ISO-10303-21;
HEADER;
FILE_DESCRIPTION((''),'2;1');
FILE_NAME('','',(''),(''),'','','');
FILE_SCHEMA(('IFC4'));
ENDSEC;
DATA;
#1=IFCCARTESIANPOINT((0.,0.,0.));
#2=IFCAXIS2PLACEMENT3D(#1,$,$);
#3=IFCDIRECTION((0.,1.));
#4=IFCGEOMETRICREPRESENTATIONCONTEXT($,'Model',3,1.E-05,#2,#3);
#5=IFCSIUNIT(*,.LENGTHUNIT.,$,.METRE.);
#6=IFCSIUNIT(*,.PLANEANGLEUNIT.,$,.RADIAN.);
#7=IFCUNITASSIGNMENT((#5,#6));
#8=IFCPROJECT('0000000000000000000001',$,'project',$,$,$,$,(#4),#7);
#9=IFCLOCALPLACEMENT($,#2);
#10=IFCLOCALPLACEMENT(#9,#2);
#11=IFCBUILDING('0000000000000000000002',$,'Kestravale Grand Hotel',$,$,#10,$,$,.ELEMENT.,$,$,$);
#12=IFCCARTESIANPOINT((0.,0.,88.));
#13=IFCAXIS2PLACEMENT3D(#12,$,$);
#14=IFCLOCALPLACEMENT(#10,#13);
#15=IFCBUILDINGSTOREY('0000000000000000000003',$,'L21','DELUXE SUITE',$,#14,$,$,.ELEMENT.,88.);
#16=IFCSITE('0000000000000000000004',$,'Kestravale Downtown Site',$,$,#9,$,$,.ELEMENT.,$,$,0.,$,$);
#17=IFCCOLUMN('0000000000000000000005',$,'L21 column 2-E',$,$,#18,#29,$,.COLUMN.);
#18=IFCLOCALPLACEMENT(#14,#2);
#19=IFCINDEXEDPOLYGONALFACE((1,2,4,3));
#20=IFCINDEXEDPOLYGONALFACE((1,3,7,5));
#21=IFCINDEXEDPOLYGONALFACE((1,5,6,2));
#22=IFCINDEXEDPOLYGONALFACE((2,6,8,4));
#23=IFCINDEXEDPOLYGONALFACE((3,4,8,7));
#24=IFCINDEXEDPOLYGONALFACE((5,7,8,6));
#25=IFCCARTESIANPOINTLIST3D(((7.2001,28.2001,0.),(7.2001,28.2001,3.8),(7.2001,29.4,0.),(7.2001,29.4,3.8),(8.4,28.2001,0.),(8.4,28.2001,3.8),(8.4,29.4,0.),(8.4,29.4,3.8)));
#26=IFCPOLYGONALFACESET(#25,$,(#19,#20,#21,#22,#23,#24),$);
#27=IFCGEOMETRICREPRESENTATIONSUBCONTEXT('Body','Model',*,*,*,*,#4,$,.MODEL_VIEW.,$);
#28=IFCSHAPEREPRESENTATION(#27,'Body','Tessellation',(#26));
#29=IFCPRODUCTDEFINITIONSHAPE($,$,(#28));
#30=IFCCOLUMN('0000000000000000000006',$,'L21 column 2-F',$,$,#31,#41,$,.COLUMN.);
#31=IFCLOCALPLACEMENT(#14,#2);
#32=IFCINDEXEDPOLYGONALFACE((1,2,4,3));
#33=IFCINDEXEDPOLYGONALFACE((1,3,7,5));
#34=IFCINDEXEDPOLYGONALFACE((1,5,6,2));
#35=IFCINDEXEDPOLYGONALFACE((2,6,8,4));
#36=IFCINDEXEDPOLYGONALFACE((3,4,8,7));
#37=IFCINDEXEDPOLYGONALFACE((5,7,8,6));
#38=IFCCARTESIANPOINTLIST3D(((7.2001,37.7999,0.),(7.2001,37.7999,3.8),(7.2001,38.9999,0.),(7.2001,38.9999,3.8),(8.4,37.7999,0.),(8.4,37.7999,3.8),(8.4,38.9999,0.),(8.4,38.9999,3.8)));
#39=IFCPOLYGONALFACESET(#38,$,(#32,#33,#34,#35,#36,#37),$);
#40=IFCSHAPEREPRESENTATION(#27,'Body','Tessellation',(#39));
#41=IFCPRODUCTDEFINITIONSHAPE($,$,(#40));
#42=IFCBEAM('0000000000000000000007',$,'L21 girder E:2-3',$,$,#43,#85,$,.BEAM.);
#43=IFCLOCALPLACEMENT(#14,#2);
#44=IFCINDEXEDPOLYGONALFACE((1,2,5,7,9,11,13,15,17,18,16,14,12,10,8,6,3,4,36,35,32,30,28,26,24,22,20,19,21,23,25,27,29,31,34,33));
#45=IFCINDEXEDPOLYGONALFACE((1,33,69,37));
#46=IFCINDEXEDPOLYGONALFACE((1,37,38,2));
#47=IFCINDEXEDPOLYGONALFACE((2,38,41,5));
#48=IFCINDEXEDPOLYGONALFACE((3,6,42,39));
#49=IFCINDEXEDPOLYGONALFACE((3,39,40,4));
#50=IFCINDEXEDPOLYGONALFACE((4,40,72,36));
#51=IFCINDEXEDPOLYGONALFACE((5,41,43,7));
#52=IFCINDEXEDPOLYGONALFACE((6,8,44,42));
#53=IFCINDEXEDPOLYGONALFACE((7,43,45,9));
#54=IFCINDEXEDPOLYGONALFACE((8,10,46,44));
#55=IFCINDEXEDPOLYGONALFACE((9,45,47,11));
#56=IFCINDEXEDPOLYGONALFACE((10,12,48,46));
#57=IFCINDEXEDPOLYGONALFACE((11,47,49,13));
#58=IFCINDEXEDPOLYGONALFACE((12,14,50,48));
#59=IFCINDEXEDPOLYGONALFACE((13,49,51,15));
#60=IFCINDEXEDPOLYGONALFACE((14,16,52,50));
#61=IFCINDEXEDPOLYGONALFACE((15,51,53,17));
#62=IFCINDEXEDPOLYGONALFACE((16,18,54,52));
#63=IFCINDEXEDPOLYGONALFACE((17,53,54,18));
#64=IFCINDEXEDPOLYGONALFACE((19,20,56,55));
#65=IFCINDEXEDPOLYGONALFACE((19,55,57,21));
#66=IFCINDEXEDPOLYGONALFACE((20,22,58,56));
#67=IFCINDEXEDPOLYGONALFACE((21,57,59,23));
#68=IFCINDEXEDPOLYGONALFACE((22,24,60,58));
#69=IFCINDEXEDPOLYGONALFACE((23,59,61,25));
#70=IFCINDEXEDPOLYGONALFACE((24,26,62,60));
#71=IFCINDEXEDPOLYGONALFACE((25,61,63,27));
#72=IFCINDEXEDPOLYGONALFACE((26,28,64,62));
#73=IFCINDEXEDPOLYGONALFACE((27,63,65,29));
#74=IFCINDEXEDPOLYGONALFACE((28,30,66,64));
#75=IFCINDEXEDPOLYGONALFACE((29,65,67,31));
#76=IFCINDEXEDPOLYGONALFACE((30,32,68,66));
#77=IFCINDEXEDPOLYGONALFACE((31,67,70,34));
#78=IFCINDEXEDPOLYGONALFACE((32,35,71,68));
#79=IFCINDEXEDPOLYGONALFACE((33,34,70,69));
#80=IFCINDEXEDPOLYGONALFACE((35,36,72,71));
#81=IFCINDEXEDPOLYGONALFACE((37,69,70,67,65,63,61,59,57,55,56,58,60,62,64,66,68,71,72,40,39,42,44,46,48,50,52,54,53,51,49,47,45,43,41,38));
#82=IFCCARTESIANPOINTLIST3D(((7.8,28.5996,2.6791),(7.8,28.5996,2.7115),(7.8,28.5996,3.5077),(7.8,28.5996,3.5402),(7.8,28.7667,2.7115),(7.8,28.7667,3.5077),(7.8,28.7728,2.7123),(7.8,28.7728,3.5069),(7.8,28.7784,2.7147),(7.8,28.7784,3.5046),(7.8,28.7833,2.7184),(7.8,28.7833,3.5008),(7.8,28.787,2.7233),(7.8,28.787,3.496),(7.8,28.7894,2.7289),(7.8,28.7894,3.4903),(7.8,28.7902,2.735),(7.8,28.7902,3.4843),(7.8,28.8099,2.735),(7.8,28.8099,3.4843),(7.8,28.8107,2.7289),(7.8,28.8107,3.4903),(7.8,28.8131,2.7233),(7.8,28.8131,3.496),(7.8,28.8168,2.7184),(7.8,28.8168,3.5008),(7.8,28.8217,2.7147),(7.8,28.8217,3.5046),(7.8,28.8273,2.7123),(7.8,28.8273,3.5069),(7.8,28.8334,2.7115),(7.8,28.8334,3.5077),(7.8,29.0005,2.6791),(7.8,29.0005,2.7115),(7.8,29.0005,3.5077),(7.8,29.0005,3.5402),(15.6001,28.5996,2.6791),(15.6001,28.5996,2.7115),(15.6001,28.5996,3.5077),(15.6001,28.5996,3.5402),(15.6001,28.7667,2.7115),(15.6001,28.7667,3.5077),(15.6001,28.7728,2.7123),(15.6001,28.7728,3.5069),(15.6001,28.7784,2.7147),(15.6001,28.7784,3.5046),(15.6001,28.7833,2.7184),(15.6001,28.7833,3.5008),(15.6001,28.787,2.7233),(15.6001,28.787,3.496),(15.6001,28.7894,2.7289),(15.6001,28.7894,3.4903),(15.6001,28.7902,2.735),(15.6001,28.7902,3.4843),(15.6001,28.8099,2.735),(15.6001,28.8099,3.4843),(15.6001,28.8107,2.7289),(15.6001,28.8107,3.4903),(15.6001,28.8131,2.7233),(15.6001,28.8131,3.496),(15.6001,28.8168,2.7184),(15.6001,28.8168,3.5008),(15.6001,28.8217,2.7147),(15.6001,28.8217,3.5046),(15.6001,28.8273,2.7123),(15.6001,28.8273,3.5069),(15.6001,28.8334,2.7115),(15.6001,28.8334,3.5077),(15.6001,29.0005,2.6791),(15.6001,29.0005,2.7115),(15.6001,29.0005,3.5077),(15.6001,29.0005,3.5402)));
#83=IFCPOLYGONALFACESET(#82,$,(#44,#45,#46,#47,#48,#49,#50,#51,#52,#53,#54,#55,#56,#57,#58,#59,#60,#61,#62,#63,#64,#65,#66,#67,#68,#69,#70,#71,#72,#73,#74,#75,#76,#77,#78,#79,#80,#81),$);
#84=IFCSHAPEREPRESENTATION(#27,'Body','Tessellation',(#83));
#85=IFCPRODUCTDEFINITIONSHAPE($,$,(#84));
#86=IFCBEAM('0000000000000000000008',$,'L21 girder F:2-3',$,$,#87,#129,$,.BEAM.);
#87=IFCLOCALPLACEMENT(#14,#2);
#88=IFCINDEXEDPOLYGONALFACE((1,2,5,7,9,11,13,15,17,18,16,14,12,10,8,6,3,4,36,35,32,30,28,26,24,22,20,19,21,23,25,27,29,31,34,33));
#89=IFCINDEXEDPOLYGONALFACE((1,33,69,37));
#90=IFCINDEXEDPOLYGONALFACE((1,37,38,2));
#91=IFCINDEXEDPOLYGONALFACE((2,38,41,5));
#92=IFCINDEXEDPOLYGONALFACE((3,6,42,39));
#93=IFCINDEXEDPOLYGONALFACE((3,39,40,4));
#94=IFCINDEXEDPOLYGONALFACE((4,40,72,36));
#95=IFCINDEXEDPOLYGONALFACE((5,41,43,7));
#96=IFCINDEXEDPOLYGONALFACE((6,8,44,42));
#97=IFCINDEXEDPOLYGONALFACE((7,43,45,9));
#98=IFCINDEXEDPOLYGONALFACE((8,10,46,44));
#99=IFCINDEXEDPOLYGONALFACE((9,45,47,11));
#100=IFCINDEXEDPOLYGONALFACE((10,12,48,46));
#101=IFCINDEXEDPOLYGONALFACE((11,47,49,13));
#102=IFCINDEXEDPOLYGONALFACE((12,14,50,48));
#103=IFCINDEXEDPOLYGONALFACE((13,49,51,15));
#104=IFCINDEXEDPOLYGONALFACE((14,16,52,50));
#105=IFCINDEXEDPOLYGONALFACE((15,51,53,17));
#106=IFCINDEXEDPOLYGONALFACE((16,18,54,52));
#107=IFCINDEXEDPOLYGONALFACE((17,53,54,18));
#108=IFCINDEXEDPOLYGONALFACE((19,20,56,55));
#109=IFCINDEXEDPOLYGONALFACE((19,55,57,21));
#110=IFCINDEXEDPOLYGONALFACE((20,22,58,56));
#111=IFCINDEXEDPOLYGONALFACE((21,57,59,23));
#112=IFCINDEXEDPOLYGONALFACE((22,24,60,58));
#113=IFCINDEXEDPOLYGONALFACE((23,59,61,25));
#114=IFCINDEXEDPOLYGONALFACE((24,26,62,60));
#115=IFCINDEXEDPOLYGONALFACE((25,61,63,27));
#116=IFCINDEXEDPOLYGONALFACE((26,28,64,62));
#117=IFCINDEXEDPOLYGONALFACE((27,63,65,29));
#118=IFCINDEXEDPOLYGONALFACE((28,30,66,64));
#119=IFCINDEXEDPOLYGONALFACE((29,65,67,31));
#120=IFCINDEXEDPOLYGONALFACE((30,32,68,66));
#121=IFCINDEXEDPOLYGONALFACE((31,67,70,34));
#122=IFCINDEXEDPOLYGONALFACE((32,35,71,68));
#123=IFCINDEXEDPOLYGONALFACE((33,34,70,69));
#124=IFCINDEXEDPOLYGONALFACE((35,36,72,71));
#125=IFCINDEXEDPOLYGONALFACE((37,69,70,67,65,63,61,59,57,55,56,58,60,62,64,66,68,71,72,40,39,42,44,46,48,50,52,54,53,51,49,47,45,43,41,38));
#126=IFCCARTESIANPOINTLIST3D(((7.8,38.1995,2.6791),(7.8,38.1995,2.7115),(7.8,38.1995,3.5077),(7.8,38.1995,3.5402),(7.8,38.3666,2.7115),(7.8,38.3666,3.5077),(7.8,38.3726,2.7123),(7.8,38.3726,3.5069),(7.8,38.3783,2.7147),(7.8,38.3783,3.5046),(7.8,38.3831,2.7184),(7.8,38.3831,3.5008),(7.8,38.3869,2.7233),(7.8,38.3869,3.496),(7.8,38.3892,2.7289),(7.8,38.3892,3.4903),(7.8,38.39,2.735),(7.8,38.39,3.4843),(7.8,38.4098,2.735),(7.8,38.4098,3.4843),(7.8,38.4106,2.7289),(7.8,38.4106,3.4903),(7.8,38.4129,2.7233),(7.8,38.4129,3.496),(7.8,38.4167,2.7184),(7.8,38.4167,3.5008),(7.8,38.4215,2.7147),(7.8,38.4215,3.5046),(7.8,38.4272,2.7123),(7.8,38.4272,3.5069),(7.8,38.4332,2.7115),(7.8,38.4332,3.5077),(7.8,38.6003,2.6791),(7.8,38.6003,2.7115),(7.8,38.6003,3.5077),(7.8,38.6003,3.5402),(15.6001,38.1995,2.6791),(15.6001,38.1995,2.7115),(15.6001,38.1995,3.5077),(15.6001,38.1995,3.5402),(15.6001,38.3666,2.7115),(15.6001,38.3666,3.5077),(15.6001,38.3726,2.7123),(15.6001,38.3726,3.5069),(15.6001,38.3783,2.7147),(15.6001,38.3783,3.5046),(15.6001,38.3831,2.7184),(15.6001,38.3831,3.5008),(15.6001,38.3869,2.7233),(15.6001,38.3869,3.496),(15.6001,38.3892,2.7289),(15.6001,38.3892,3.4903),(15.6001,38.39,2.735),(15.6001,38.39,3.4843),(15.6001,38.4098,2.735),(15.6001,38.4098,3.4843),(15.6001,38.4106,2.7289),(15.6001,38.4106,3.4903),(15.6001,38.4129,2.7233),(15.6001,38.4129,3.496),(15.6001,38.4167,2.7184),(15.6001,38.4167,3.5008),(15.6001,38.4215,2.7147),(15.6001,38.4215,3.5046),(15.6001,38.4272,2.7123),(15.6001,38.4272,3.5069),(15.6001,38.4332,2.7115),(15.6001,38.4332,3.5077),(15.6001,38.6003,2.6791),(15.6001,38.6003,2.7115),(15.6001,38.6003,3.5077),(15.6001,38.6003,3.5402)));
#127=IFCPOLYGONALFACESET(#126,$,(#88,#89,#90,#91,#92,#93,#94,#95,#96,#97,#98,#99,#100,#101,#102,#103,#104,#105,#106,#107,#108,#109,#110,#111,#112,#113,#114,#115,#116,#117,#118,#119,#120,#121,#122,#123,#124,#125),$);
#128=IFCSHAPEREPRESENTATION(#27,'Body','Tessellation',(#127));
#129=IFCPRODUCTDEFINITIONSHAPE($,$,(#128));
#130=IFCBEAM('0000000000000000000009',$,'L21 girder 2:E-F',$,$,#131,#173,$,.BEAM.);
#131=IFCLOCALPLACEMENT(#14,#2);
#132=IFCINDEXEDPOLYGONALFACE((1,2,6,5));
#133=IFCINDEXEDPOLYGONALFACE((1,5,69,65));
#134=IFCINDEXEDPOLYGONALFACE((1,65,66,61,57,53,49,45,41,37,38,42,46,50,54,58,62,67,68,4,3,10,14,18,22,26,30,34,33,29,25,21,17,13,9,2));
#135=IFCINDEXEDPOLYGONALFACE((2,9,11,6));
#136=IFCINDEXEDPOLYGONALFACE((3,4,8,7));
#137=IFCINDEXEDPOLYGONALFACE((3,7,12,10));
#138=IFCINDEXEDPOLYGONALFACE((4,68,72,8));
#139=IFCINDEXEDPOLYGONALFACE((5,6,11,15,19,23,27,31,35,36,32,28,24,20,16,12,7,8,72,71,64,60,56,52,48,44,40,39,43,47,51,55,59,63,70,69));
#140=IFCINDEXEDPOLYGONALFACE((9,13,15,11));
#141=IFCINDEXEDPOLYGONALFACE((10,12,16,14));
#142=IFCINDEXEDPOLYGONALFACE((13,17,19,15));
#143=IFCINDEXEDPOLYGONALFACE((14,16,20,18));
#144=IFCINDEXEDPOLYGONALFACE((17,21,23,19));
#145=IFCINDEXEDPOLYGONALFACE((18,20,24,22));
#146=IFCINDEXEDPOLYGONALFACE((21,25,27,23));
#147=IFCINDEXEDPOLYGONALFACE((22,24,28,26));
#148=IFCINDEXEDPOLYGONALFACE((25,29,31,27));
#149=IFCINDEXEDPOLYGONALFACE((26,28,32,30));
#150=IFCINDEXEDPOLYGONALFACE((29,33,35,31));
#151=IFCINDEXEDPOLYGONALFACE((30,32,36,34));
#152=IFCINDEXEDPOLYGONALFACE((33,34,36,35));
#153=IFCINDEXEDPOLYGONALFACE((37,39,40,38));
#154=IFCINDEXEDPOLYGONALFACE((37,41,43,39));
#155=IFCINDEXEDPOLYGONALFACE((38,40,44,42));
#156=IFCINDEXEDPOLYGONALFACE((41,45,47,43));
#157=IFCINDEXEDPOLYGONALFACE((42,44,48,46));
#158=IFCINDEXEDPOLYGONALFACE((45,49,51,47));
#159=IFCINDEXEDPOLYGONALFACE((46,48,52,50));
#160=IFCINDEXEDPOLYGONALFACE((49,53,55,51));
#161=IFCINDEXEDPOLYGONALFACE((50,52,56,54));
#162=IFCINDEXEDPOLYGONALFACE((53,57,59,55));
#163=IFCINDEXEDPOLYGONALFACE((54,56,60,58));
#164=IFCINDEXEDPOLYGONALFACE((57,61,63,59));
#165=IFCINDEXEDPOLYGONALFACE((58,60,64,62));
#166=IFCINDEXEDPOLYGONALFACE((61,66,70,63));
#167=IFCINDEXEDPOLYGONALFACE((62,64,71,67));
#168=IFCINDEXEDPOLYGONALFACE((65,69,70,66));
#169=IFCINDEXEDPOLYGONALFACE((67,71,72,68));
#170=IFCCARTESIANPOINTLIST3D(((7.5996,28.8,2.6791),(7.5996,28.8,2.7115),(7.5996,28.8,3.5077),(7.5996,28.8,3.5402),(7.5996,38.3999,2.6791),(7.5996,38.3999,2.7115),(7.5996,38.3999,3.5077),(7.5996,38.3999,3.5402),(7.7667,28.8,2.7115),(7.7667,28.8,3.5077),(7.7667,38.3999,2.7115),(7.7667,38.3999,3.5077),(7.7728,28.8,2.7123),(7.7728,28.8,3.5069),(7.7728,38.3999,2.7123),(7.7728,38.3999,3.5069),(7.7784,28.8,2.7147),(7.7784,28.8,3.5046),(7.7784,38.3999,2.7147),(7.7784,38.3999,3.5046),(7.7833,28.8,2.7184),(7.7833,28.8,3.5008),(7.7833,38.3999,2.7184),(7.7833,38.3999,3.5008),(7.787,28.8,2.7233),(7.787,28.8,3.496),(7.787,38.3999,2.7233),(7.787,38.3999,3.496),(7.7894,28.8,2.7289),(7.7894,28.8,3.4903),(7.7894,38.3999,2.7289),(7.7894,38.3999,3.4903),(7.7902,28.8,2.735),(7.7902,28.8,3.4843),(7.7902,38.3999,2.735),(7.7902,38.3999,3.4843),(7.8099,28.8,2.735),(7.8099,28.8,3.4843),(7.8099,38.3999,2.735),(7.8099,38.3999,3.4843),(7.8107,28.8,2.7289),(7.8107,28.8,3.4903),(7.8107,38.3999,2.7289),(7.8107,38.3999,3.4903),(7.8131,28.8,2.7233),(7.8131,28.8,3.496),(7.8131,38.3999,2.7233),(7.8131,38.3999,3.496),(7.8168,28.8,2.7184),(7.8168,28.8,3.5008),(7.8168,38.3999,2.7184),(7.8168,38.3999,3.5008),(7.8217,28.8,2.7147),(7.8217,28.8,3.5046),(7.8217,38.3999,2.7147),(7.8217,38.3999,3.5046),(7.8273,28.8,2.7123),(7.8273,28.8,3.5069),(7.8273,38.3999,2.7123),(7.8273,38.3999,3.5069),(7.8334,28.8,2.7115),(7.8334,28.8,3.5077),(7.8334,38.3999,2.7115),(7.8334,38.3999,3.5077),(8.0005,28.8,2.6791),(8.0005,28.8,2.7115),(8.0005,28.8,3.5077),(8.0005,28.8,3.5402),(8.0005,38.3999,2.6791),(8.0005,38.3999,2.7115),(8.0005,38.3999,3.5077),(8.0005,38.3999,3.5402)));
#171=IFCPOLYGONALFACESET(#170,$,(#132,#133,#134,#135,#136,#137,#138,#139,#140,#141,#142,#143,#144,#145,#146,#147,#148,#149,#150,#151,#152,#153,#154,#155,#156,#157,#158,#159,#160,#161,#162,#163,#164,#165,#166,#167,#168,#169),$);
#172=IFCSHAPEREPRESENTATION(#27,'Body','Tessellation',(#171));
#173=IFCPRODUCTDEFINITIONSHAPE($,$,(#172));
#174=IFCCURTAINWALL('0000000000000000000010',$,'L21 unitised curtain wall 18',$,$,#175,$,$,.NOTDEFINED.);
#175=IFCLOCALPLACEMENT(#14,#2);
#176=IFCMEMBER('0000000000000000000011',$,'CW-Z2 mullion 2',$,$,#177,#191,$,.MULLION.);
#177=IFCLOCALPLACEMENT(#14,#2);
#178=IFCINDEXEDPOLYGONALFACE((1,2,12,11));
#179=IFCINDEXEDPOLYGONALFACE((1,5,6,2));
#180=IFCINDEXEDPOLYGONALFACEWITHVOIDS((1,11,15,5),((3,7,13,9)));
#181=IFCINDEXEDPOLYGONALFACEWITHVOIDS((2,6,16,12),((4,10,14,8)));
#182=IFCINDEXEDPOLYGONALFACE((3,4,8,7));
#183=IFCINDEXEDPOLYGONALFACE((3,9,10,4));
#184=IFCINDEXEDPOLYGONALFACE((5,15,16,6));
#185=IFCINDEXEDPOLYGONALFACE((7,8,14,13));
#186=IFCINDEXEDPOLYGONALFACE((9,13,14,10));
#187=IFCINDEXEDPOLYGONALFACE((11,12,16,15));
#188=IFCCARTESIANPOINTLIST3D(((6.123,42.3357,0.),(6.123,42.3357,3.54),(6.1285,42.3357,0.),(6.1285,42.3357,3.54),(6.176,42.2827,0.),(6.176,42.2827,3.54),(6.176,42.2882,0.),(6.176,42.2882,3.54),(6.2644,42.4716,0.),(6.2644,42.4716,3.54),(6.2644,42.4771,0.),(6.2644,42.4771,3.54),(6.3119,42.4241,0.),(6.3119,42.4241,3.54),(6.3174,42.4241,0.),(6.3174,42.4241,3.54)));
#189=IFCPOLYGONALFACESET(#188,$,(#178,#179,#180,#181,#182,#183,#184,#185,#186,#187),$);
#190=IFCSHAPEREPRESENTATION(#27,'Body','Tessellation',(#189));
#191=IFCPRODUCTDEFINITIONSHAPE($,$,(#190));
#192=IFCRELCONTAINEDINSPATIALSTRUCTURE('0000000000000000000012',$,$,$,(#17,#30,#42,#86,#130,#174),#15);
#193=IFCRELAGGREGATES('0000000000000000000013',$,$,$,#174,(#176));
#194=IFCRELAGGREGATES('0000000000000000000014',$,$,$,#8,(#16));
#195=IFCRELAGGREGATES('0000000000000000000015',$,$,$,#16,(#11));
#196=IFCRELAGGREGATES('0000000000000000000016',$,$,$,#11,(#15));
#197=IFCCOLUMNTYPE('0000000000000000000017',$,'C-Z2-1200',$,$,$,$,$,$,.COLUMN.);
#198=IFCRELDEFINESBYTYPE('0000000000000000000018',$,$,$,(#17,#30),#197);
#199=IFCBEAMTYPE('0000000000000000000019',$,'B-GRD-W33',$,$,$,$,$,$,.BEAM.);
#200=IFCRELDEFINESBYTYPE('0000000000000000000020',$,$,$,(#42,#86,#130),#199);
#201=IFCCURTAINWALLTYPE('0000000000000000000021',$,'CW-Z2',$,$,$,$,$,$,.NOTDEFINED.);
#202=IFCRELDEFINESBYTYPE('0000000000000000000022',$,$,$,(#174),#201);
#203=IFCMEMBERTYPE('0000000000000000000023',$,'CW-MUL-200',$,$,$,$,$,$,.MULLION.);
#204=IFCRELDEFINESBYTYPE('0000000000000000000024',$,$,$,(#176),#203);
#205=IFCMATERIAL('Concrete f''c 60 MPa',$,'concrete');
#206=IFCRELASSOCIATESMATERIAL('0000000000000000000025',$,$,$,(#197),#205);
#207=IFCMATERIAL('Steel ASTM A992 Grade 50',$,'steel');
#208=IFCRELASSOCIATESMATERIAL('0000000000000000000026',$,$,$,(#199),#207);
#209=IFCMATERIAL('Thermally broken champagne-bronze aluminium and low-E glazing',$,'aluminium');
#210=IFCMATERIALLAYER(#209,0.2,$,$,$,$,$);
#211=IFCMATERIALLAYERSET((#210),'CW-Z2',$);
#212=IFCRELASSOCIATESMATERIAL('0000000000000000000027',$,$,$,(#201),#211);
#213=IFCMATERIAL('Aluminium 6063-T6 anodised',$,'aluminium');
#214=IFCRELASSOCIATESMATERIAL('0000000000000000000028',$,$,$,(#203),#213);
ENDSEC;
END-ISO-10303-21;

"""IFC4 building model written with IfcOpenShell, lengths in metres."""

from ifc_helpers import new_model, si_unit, direction, frame, origin, origin_2d, place, context, subcontext, project, spatial, rectangle, hollow_rectangle, i_section, extrude, material, layer, layer_set, material_profile, profile_set, type_object, element, aggregate, save


model = new_model("IFC4")

# Units and contexts
model_context = context("Model", 3, precision=1e-05, world=origin(), true_north=direction((0.0, 1.0)))
body_context = subcontext(model_context, "Body", "Model", "MODEL_VIEW")
ifc_project = project(units=[si_unit("LENGTHUNIT", "METRE"), si_unit("PLANEANGLEUNIT", "RADIAN")], contexts=[model_context])

# Site, building, storey
site_placement = place(None, origin())
site = spatial("IfcSite", under=ifc_project, at=site_placement, Name="Kestravale Downtown Site", CompositionType="ELEMENT", RefElevation=0.0)
building_placement = place(site_placement, origin())
building = spatial("IfcBuilding", under=site, at=building_placement, Name="Kestravale Grand Hotel", CompositionType="ELEMENT")
storey_placement = place(building_placement, frame((0.0, 0.0, 88.0)))
storey = spatial("IfcBuildingStorey", under=building, at=storey_placement, Name="L21", Description="DELUXE SUITE", CompositionType="ELEMENT", Elevation=88.0)

# Columns
ifc_material_1 = material(Name="Concrete f'c 60 MPa", Category="concrete")
ifc_material_profile_1 = material_profile(ifc_material_1, rectangle(XDim=1.2, YDim=1.2, at=origin_2d()))
ifc_profile_set_1 = profile_set([ifc_material_profile_1], Name="Concrete f'c 60 MPa")
column_type = type_object("IfcColumnType", Name="C-Z2-1200", PredefinedType="COLUMN", material=ifc_profile_set_1)
for number, where, z_axis, x_axis, name in (
    (1, (7.8, 28.8, 0.0), (0.0, 0.0, 1.0), (1.0, 0.0, 0.0), "L21 column 2-E"),
    (2, (7.8, 38.3999, 0.0), (0.0, 0.0, 1.0), (1.0, 0.0, 0.0), "L21 column 2-F"),
):
    element("IfcColumn", number, at=place(storey_placement, frame(where, z_axis=z_axis, x_axis=x_axis)), inside=storey, type_object=column_type, Name=name, PredefinedType="COLUMN", context=body_context, shape_type="SweptSolid", body=[
        extrude(rectangle(XDim=1.2, YDim=1.2, at=origin_2d()), origin(), (0.0, 0.0, 1.0), 3.8),
    ])

# Beams
ifc_material_2 = material(Name="Steel ASTM A992 Grade 50", Category="steel")
ifc_material_profile_2 = material_profile(ifc_material_2, i_section(OverallWidth=0.4009, OverallDepth=0.8611, WebThickness=0.0198, FlangeThickness=0.0325, FilletRadius=0.0234, at=origin_2d()))
ifc_profile_set_2 = profile_set([ifc_material_profile_2], Name="Steel ASTM A992 Grade 50")
beam_type = type_object("IfcBeamType", Name="B-GRD-W33", PredefinedType="BEAM", material=ifc_profile_set_2)
for number, where, z_axis, x_axis, name in (
    (3, (7.8, 28.8, 3.1096), (1.0, 0.0, 0.0), (0.0, 1.0, 0.0), "L21 girder E:2-3"),
    (4, (7.8, 38.3999, 3.1096), (1.0, 0.0, 0.0), (0.0, 1.0, 0.0), "L21 girder F:2-3"),
):
    element("IfcBeam", number, at=place(storey_placement, frame(where, z_axis=z_axis, x_axis=x_axis)), inside=storey, type_object=beam_type, Name=name, PredefinedType="BEAM", context=body_context, shape_type="SweptSolid", body=[
        extrude(i_section(OverallWidth=0.4009, OverallDepth=0.8611, WebThickness=0.0198, FlangeThickness=0.0325, FilletRadius=0.0234, at=origin_2d()), origin(), (0.0, 0.0, 1.0), 7.8),
    ])
beam_placement = place(storey_placement, frame((7.8, 28.8, 3.1096), z_axis=(0.0, 1.0, 0.0), x_axis=(-1.0, 0.0, 0.0)))
element("IfcBeam", 5, at=beam_placement, inside=storey, type_object=beam_type, Name="L21 girder 2:E-F", PredefinedType="BEAM", context=body_context, shape_type="SweptSolid", body=[
    extrude(i_section(OverallWidth=0.4009, OverallDepth=0.8611, WebThickness=0.0198, FlangeThickness=0.0325, FilletRadius=0.0234, at=origin_2d()), origin(), (0.0, 0.0, 1.0), 9.5999),
])

# Curtain wall, member
ifc_material_3 = material(Name="Thermally broken champagne-bronze aluminium and low-E glazing", Category="aluminium")
ifc_layer_1 = layer(ifc_material_3, 0.2)
ifc_layer_set_1 = layer_set([ifc_layer_1], Name="CW-Z2")
curtain_wall_type = type_object("IfcCurtainWallType", Name="CW-Z2", PredefinedType="NOTDEFINED", material=ifc_layer_set_1)
curtain_wall_placement = place(storey_placement, origin())
curtain_wall = element("IfcCurtainWall", 6, at=curtain_wall_placement, inside=storey, type_object=curtain_wall_type, Name="L21 unitised curtain wall 18", PredefinedType="NOTDEFINED")
ifc_material_4 = material(Name="Aluminium 6063-T6 anodised", Category="aluminium")
ifc_material_profile_3 = material_profile(ifc_material_4, hollow_rectangle(XDim=0.075, YDim=0.2, WallThickness=0.0039, at=origin_2d()))
ifc_profile_set_3 = profile_set([ifc_material_profile_3], Name="Aluminium 6063-T6 anodised")
member_type_1 = type_object("IfcMemberType", Name="CW-MUL-200", PredefinedType="MULLION", material=ifc_profile_set_3)
member_1_placement = place(storey_placement, frame((6.2202, 42.3799, 0.0), z_axis=(0.0, 0.0, 1.0), x_axis=(0.707107, -0.707107, 0.0)))
member_1 = element("IfcMember", 7, at=member_1_placement, type_object=member_type_1, Name="CW-Z2 mullion 2", PredefinedType="MULLION", context=body_context, shape_type="SweptSolid", body=[
    extrude(hollow_rectangle(XDim=0.075, YDim=0.2, WallThickness=0.0039, at=origin_2d()), origin(), (0.0, 0.0, 1.0), 3.54),
])
aggregate(curtain_wall, [member_1])

save(model, "model.ifc")
